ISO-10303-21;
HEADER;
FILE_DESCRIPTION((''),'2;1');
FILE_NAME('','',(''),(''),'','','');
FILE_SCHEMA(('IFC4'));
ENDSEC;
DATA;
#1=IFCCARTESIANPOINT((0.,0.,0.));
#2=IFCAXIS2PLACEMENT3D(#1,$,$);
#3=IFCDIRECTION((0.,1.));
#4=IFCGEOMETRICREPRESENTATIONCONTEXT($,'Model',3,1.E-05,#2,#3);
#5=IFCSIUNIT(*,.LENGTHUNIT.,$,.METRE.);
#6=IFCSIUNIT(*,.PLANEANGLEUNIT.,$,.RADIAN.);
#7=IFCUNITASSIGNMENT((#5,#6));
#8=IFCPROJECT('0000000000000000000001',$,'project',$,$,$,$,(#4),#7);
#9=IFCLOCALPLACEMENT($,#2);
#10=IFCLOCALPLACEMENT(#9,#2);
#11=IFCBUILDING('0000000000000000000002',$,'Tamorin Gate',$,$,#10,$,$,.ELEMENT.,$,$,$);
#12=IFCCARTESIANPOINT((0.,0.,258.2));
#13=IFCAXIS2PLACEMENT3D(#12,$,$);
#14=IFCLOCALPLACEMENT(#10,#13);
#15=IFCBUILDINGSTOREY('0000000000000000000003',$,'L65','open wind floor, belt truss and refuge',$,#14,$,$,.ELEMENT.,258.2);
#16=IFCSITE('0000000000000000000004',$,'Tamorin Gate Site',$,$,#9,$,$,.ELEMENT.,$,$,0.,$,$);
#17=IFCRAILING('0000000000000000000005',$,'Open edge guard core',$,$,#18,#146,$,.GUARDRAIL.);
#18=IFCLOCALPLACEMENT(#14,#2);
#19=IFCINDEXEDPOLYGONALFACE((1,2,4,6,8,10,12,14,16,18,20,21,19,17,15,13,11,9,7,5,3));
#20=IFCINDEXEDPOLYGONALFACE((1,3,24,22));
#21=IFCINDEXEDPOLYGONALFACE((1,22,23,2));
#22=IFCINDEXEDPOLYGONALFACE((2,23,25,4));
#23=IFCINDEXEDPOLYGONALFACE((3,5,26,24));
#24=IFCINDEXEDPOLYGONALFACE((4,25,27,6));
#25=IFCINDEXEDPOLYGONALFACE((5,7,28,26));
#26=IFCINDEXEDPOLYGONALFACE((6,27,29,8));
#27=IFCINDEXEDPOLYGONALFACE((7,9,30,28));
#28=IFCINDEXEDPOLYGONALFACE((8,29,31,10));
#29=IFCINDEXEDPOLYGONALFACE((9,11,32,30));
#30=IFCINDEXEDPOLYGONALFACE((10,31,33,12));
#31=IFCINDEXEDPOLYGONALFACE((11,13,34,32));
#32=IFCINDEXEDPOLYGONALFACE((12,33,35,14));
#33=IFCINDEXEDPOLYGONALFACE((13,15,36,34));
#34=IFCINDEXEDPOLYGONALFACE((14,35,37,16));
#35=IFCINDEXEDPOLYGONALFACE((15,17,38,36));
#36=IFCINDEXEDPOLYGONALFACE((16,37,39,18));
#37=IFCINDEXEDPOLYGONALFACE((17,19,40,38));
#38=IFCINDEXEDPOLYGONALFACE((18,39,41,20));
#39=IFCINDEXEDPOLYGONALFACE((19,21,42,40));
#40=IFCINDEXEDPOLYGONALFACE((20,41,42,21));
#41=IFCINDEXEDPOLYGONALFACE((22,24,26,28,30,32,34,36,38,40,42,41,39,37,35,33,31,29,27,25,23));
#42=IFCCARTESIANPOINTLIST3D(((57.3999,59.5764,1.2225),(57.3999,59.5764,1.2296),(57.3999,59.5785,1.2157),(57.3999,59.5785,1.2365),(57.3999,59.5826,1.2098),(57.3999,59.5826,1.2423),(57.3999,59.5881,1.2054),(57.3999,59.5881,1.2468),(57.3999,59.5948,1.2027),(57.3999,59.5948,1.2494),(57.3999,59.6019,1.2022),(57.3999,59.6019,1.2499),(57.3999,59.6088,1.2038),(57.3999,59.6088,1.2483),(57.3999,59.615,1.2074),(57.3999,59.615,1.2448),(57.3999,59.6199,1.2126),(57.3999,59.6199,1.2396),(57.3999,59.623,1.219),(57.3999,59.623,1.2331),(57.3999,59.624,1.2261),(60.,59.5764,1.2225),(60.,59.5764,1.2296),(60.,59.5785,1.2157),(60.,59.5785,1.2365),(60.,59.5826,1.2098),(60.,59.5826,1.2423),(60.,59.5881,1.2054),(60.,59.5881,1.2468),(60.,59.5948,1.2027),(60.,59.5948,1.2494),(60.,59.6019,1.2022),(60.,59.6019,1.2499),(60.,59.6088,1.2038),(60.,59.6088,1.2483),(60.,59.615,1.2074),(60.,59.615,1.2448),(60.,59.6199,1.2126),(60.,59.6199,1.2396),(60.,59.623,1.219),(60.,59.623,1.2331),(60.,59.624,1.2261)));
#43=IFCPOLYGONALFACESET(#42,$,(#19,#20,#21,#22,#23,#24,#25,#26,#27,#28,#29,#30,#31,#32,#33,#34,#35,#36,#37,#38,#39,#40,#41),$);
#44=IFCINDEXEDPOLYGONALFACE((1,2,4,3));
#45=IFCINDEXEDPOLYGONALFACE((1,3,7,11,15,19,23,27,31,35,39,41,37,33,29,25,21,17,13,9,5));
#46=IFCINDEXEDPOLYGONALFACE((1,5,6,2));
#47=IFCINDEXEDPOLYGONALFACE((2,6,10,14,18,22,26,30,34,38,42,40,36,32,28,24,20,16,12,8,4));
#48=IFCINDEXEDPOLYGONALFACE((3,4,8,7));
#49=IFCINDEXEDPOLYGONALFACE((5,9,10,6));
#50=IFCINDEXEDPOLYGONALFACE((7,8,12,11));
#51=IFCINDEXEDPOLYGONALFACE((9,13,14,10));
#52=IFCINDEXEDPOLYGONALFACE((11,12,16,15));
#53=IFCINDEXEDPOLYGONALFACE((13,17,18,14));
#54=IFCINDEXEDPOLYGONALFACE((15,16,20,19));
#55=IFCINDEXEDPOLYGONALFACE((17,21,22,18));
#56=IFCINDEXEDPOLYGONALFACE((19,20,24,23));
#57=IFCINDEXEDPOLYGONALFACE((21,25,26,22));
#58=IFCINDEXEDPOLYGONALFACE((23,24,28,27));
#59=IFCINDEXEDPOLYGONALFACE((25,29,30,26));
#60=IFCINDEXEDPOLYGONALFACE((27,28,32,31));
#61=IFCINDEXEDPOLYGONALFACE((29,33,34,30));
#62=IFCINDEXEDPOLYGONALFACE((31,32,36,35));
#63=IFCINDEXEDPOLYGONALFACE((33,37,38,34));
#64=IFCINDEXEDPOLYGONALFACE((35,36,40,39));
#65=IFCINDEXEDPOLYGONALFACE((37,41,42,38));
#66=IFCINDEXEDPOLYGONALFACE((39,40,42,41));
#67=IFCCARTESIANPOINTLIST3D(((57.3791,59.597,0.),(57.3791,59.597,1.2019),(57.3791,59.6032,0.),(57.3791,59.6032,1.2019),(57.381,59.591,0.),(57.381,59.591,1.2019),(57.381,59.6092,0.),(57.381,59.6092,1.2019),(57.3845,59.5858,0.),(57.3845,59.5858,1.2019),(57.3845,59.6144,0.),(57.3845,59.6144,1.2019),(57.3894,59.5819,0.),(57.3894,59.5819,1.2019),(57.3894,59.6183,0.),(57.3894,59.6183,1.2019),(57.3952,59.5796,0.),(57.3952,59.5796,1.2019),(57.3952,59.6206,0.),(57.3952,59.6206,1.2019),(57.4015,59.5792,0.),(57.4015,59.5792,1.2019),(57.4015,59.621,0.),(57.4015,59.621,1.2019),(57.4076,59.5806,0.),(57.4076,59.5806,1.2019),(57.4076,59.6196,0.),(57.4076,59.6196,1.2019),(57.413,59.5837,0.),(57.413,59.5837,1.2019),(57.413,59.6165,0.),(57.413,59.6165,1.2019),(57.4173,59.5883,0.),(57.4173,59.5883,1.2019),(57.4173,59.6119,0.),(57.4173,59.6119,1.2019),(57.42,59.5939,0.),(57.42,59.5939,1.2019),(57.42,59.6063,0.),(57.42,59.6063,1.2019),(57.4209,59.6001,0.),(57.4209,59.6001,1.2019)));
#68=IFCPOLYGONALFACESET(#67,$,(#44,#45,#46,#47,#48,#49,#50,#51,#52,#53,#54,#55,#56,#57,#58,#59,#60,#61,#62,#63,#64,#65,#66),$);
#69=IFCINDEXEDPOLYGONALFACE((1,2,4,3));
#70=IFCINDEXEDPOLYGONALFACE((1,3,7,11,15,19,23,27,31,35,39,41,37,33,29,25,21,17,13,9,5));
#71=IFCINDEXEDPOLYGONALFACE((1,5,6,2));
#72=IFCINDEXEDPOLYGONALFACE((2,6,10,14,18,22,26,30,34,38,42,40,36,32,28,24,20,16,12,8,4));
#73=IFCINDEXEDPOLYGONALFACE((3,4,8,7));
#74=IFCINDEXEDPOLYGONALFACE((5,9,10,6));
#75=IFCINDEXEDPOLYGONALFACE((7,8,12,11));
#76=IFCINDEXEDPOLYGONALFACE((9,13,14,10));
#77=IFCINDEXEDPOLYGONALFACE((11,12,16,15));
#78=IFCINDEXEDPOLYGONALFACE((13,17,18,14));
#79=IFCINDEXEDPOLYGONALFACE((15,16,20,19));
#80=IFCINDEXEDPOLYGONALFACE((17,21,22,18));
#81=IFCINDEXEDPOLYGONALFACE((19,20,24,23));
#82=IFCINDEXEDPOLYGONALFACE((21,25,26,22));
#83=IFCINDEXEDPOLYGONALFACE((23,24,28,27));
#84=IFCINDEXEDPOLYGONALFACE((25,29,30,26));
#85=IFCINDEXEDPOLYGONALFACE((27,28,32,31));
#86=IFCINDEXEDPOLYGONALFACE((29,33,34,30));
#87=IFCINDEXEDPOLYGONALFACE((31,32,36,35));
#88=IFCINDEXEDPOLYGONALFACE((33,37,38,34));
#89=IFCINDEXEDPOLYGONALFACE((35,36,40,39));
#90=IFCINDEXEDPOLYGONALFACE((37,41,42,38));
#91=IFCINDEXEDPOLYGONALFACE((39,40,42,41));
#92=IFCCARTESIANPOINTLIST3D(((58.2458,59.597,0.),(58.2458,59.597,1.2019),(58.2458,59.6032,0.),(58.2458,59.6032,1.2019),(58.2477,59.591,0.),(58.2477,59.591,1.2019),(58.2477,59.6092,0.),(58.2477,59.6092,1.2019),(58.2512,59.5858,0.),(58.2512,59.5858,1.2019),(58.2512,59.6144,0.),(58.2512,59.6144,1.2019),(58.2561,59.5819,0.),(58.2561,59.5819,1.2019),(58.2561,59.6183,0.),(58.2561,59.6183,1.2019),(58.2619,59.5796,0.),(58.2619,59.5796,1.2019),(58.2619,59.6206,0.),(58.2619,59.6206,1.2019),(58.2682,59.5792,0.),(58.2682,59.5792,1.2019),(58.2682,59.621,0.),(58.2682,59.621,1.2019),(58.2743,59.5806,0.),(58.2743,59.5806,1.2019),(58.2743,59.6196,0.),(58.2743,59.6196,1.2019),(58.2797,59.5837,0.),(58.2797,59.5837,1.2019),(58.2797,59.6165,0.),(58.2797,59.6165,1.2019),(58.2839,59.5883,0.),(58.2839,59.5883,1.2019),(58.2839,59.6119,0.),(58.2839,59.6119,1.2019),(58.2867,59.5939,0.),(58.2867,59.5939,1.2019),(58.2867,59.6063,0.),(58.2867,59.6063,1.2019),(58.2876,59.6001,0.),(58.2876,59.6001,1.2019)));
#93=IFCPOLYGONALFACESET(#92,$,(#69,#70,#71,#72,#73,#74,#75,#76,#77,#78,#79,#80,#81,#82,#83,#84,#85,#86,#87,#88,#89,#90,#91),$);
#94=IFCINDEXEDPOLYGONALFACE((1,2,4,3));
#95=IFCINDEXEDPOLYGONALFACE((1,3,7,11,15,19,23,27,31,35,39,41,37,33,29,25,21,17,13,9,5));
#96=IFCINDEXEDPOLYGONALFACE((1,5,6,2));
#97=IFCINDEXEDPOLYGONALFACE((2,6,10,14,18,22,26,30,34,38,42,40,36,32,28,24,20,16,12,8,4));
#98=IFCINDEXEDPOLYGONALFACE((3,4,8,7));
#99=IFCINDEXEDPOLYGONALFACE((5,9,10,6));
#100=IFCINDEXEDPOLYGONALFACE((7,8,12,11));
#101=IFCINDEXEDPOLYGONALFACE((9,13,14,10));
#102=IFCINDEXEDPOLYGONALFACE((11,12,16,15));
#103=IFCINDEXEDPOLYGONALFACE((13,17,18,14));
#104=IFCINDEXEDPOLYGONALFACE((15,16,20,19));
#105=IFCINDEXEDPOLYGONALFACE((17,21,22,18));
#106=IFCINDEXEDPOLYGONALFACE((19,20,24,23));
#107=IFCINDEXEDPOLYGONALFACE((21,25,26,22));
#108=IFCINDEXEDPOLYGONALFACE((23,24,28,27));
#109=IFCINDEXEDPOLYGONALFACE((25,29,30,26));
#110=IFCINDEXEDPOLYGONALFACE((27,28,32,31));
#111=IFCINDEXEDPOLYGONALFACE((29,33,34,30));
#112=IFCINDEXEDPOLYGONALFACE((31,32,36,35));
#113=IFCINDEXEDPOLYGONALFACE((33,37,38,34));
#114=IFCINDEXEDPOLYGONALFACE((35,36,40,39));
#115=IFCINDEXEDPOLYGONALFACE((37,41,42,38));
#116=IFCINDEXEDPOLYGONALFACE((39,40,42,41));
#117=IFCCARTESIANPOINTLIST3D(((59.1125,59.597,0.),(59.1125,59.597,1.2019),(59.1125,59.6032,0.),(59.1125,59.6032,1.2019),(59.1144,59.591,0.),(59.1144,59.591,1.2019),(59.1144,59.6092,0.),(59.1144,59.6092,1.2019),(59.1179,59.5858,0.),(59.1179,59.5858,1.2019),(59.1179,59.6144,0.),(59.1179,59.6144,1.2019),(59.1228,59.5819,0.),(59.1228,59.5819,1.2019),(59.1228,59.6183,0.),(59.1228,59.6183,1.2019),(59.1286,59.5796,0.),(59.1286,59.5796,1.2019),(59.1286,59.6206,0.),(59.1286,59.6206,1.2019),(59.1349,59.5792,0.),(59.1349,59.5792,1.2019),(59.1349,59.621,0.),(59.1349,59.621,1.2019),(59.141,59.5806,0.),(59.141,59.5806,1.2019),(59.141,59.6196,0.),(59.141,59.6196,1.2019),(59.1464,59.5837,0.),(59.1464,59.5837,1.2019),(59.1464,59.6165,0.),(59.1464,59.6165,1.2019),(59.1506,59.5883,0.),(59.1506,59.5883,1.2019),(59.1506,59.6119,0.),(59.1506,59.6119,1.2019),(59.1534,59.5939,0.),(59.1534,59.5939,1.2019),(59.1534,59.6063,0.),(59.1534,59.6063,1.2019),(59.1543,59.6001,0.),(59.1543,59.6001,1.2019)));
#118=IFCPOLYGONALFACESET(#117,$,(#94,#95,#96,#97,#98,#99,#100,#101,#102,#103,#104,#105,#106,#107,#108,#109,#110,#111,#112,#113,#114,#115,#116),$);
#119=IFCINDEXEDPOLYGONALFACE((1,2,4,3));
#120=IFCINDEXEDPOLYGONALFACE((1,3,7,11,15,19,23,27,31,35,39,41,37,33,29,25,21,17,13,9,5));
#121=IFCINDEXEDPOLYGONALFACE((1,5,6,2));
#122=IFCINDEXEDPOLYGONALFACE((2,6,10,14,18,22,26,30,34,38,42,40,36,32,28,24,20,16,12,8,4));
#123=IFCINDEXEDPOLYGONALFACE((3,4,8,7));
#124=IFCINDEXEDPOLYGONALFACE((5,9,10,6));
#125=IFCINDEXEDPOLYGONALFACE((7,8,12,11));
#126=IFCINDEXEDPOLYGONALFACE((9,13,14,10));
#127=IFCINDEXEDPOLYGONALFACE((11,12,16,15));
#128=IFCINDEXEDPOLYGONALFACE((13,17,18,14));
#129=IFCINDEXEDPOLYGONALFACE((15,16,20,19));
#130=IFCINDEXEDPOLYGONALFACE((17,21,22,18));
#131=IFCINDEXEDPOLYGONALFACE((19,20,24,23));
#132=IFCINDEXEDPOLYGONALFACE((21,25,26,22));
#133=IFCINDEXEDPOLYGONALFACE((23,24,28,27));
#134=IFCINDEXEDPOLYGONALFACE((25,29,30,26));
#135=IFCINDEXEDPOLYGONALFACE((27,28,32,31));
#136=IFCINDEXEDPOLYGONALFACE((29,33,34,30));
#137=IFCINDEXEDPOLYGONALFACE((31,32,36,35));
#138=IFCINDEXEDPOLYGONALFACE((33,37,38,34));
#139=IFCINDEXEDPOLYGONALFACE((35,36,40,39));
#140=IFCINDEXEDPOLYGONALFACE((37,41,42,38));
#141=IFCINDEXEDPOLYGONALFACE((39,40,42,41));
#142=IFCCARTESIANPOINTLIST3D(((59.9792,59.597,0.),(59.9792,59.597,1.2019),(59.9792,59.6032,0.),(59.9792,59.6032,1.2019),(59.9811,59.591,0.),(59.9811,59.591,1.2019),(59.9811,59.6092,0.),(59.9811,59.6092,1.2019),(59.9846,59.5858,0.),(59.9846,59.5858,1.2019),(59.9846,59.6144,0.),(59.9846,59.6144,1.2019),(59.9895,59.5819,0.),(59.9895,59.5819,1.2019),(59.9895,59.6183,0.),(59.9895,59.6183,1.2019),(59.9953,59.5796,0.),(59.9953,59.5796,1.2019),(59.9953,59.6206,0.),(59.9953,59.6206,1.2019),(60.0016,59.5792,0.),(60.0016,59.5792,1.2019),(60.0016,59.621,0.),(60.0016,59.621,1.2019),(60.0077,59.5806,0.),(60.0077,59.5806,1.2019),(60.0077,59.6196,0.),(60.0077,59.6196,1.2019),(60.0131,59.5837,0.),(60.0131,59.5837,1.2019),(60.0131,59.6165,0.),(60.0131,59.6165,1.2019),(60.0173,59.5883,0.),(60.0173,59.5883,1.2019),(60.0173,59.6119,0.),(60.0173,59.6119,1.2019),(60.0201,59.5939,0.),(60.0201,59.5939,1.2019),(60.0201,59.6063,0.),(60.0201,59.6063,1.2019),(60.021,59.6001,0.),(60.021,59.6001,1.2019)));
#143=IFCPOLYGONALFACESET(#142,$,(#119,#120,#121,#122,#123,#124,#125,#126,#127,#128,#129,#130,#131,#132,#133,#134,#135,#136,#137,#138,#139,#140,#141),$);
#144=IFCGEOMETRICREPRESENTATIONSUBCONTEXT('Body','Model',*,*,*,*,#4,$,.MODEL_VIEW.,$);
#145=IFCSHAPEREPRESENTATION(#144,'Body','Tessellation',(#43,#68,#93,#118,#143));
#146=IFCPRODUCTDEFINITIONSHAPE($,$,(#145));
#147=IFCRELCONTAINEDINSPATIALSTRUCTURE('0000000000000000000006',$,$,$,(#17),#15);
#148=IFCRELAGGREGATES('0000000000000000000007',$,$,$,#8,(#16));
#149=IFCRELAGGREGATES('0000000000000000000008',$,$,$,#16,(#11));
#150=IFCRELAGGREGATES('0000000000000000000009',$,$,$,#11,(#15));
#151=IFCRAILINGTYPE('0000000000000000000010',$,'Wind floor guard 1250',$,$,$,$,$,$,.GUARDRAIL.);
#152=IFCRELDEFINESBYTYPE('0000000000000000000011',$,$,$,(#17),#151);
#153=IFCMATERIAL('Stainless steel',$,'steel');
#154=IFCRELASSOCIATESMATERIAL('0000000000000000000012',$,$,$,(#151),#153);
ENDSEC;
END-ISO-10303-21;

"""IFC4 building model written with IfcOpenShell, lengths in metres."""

from ifc_helpers import new_model, si_unit, direction, frame, origin, origin_2d, place, context, subcontext, project, spatial, circle, extrude, material, type_object, element, save


model = new_model("IFC4")

# Units and contexts
model_context = context("Model", 3, precision=1e-05, world=origin(), true_north=direction((0.0, 1.0)))
body_context = subcontext(model_context, "Body", "Model", "MODEL_VIEW")
ifc_project = project(units=[si_unit("LENGTHUNIT", "METRE"), si_unit("PLANEANGLEUNIT", "RADIAN")], contexts=[model_context])

# Site, building, storey
site_placement = place(None, origin())
site = spatial("IfcSite", under=ifc_project, at=site_placement, Name="Tamorin Gate Site", CompositionType="ELEMENT", RefElevation=0.0)
building_placement = place(site_placement, origin())
building = spatial("IfcBuilding", under=site, at=building_placement, Name="Tamorin Gate", CompositionType="ELEMENT")
storey_placement = place(building_placement, frame((0.0, 0.0, 258.2)))
storey = spatial("IfcBuildingStorey", under=building, at=storey_placement, Name="L65", Description="open wind floor, belt truss and refuge", CompositionType="ELEMENT", Elevation=258.2)

# Railing
ifc_material_1 = material(Name="Stainless steel", Category="steel")
railing_type_1 = type_object("IfcRailingType", Name="Wind floor guard 1250", PredefinedType="GUARDRAIL", material=ifc_material_1)
railing_1_placement = place(storey_placement, frame((57.3999, 59.6001, 0.0)))
element("IfcRailing", 1, at=railing_1_placement, inside=storey, type_object=railing_type_1, Name="Open edge guard core", PredefinedType="GUARDRAIL", context=body_context, shape_type="SweptSolid", body=[
    extrude(circle(Radius=0.0239, at=origin_2d()), frame((0.0, 0.0, 1.2261), z_axis=(1.0, 0.0, 0.0), x_axis=(0.0, 1.0, 0.0)), (0.0, 0.0, 1.0), 2.6001),
    extrude(circle(Radius=0.021, at=origin_2d()), origin(), (0.0, 0.0, 1.0), 1.2019),
    extrude(circle(Radius=0.021, at=origin_2d()), frame((0.8667, 0.0, 0.0)), (0.0, 0.0, 1.0), 1.2019),
    extrude(circle(Radius=0.021, at=origin_2d()), frame((1.7334, 0.0, 0.0)), (0.0, 0.0, 1.0), 1.2019),
    extrude(circle(Radius=0.021, at=origin_2d()), frame((2.6001, 0.0, 0.0)), (0.0, 0.0, 1.0), 1.2019),
])

save(model, "model.ifc")
